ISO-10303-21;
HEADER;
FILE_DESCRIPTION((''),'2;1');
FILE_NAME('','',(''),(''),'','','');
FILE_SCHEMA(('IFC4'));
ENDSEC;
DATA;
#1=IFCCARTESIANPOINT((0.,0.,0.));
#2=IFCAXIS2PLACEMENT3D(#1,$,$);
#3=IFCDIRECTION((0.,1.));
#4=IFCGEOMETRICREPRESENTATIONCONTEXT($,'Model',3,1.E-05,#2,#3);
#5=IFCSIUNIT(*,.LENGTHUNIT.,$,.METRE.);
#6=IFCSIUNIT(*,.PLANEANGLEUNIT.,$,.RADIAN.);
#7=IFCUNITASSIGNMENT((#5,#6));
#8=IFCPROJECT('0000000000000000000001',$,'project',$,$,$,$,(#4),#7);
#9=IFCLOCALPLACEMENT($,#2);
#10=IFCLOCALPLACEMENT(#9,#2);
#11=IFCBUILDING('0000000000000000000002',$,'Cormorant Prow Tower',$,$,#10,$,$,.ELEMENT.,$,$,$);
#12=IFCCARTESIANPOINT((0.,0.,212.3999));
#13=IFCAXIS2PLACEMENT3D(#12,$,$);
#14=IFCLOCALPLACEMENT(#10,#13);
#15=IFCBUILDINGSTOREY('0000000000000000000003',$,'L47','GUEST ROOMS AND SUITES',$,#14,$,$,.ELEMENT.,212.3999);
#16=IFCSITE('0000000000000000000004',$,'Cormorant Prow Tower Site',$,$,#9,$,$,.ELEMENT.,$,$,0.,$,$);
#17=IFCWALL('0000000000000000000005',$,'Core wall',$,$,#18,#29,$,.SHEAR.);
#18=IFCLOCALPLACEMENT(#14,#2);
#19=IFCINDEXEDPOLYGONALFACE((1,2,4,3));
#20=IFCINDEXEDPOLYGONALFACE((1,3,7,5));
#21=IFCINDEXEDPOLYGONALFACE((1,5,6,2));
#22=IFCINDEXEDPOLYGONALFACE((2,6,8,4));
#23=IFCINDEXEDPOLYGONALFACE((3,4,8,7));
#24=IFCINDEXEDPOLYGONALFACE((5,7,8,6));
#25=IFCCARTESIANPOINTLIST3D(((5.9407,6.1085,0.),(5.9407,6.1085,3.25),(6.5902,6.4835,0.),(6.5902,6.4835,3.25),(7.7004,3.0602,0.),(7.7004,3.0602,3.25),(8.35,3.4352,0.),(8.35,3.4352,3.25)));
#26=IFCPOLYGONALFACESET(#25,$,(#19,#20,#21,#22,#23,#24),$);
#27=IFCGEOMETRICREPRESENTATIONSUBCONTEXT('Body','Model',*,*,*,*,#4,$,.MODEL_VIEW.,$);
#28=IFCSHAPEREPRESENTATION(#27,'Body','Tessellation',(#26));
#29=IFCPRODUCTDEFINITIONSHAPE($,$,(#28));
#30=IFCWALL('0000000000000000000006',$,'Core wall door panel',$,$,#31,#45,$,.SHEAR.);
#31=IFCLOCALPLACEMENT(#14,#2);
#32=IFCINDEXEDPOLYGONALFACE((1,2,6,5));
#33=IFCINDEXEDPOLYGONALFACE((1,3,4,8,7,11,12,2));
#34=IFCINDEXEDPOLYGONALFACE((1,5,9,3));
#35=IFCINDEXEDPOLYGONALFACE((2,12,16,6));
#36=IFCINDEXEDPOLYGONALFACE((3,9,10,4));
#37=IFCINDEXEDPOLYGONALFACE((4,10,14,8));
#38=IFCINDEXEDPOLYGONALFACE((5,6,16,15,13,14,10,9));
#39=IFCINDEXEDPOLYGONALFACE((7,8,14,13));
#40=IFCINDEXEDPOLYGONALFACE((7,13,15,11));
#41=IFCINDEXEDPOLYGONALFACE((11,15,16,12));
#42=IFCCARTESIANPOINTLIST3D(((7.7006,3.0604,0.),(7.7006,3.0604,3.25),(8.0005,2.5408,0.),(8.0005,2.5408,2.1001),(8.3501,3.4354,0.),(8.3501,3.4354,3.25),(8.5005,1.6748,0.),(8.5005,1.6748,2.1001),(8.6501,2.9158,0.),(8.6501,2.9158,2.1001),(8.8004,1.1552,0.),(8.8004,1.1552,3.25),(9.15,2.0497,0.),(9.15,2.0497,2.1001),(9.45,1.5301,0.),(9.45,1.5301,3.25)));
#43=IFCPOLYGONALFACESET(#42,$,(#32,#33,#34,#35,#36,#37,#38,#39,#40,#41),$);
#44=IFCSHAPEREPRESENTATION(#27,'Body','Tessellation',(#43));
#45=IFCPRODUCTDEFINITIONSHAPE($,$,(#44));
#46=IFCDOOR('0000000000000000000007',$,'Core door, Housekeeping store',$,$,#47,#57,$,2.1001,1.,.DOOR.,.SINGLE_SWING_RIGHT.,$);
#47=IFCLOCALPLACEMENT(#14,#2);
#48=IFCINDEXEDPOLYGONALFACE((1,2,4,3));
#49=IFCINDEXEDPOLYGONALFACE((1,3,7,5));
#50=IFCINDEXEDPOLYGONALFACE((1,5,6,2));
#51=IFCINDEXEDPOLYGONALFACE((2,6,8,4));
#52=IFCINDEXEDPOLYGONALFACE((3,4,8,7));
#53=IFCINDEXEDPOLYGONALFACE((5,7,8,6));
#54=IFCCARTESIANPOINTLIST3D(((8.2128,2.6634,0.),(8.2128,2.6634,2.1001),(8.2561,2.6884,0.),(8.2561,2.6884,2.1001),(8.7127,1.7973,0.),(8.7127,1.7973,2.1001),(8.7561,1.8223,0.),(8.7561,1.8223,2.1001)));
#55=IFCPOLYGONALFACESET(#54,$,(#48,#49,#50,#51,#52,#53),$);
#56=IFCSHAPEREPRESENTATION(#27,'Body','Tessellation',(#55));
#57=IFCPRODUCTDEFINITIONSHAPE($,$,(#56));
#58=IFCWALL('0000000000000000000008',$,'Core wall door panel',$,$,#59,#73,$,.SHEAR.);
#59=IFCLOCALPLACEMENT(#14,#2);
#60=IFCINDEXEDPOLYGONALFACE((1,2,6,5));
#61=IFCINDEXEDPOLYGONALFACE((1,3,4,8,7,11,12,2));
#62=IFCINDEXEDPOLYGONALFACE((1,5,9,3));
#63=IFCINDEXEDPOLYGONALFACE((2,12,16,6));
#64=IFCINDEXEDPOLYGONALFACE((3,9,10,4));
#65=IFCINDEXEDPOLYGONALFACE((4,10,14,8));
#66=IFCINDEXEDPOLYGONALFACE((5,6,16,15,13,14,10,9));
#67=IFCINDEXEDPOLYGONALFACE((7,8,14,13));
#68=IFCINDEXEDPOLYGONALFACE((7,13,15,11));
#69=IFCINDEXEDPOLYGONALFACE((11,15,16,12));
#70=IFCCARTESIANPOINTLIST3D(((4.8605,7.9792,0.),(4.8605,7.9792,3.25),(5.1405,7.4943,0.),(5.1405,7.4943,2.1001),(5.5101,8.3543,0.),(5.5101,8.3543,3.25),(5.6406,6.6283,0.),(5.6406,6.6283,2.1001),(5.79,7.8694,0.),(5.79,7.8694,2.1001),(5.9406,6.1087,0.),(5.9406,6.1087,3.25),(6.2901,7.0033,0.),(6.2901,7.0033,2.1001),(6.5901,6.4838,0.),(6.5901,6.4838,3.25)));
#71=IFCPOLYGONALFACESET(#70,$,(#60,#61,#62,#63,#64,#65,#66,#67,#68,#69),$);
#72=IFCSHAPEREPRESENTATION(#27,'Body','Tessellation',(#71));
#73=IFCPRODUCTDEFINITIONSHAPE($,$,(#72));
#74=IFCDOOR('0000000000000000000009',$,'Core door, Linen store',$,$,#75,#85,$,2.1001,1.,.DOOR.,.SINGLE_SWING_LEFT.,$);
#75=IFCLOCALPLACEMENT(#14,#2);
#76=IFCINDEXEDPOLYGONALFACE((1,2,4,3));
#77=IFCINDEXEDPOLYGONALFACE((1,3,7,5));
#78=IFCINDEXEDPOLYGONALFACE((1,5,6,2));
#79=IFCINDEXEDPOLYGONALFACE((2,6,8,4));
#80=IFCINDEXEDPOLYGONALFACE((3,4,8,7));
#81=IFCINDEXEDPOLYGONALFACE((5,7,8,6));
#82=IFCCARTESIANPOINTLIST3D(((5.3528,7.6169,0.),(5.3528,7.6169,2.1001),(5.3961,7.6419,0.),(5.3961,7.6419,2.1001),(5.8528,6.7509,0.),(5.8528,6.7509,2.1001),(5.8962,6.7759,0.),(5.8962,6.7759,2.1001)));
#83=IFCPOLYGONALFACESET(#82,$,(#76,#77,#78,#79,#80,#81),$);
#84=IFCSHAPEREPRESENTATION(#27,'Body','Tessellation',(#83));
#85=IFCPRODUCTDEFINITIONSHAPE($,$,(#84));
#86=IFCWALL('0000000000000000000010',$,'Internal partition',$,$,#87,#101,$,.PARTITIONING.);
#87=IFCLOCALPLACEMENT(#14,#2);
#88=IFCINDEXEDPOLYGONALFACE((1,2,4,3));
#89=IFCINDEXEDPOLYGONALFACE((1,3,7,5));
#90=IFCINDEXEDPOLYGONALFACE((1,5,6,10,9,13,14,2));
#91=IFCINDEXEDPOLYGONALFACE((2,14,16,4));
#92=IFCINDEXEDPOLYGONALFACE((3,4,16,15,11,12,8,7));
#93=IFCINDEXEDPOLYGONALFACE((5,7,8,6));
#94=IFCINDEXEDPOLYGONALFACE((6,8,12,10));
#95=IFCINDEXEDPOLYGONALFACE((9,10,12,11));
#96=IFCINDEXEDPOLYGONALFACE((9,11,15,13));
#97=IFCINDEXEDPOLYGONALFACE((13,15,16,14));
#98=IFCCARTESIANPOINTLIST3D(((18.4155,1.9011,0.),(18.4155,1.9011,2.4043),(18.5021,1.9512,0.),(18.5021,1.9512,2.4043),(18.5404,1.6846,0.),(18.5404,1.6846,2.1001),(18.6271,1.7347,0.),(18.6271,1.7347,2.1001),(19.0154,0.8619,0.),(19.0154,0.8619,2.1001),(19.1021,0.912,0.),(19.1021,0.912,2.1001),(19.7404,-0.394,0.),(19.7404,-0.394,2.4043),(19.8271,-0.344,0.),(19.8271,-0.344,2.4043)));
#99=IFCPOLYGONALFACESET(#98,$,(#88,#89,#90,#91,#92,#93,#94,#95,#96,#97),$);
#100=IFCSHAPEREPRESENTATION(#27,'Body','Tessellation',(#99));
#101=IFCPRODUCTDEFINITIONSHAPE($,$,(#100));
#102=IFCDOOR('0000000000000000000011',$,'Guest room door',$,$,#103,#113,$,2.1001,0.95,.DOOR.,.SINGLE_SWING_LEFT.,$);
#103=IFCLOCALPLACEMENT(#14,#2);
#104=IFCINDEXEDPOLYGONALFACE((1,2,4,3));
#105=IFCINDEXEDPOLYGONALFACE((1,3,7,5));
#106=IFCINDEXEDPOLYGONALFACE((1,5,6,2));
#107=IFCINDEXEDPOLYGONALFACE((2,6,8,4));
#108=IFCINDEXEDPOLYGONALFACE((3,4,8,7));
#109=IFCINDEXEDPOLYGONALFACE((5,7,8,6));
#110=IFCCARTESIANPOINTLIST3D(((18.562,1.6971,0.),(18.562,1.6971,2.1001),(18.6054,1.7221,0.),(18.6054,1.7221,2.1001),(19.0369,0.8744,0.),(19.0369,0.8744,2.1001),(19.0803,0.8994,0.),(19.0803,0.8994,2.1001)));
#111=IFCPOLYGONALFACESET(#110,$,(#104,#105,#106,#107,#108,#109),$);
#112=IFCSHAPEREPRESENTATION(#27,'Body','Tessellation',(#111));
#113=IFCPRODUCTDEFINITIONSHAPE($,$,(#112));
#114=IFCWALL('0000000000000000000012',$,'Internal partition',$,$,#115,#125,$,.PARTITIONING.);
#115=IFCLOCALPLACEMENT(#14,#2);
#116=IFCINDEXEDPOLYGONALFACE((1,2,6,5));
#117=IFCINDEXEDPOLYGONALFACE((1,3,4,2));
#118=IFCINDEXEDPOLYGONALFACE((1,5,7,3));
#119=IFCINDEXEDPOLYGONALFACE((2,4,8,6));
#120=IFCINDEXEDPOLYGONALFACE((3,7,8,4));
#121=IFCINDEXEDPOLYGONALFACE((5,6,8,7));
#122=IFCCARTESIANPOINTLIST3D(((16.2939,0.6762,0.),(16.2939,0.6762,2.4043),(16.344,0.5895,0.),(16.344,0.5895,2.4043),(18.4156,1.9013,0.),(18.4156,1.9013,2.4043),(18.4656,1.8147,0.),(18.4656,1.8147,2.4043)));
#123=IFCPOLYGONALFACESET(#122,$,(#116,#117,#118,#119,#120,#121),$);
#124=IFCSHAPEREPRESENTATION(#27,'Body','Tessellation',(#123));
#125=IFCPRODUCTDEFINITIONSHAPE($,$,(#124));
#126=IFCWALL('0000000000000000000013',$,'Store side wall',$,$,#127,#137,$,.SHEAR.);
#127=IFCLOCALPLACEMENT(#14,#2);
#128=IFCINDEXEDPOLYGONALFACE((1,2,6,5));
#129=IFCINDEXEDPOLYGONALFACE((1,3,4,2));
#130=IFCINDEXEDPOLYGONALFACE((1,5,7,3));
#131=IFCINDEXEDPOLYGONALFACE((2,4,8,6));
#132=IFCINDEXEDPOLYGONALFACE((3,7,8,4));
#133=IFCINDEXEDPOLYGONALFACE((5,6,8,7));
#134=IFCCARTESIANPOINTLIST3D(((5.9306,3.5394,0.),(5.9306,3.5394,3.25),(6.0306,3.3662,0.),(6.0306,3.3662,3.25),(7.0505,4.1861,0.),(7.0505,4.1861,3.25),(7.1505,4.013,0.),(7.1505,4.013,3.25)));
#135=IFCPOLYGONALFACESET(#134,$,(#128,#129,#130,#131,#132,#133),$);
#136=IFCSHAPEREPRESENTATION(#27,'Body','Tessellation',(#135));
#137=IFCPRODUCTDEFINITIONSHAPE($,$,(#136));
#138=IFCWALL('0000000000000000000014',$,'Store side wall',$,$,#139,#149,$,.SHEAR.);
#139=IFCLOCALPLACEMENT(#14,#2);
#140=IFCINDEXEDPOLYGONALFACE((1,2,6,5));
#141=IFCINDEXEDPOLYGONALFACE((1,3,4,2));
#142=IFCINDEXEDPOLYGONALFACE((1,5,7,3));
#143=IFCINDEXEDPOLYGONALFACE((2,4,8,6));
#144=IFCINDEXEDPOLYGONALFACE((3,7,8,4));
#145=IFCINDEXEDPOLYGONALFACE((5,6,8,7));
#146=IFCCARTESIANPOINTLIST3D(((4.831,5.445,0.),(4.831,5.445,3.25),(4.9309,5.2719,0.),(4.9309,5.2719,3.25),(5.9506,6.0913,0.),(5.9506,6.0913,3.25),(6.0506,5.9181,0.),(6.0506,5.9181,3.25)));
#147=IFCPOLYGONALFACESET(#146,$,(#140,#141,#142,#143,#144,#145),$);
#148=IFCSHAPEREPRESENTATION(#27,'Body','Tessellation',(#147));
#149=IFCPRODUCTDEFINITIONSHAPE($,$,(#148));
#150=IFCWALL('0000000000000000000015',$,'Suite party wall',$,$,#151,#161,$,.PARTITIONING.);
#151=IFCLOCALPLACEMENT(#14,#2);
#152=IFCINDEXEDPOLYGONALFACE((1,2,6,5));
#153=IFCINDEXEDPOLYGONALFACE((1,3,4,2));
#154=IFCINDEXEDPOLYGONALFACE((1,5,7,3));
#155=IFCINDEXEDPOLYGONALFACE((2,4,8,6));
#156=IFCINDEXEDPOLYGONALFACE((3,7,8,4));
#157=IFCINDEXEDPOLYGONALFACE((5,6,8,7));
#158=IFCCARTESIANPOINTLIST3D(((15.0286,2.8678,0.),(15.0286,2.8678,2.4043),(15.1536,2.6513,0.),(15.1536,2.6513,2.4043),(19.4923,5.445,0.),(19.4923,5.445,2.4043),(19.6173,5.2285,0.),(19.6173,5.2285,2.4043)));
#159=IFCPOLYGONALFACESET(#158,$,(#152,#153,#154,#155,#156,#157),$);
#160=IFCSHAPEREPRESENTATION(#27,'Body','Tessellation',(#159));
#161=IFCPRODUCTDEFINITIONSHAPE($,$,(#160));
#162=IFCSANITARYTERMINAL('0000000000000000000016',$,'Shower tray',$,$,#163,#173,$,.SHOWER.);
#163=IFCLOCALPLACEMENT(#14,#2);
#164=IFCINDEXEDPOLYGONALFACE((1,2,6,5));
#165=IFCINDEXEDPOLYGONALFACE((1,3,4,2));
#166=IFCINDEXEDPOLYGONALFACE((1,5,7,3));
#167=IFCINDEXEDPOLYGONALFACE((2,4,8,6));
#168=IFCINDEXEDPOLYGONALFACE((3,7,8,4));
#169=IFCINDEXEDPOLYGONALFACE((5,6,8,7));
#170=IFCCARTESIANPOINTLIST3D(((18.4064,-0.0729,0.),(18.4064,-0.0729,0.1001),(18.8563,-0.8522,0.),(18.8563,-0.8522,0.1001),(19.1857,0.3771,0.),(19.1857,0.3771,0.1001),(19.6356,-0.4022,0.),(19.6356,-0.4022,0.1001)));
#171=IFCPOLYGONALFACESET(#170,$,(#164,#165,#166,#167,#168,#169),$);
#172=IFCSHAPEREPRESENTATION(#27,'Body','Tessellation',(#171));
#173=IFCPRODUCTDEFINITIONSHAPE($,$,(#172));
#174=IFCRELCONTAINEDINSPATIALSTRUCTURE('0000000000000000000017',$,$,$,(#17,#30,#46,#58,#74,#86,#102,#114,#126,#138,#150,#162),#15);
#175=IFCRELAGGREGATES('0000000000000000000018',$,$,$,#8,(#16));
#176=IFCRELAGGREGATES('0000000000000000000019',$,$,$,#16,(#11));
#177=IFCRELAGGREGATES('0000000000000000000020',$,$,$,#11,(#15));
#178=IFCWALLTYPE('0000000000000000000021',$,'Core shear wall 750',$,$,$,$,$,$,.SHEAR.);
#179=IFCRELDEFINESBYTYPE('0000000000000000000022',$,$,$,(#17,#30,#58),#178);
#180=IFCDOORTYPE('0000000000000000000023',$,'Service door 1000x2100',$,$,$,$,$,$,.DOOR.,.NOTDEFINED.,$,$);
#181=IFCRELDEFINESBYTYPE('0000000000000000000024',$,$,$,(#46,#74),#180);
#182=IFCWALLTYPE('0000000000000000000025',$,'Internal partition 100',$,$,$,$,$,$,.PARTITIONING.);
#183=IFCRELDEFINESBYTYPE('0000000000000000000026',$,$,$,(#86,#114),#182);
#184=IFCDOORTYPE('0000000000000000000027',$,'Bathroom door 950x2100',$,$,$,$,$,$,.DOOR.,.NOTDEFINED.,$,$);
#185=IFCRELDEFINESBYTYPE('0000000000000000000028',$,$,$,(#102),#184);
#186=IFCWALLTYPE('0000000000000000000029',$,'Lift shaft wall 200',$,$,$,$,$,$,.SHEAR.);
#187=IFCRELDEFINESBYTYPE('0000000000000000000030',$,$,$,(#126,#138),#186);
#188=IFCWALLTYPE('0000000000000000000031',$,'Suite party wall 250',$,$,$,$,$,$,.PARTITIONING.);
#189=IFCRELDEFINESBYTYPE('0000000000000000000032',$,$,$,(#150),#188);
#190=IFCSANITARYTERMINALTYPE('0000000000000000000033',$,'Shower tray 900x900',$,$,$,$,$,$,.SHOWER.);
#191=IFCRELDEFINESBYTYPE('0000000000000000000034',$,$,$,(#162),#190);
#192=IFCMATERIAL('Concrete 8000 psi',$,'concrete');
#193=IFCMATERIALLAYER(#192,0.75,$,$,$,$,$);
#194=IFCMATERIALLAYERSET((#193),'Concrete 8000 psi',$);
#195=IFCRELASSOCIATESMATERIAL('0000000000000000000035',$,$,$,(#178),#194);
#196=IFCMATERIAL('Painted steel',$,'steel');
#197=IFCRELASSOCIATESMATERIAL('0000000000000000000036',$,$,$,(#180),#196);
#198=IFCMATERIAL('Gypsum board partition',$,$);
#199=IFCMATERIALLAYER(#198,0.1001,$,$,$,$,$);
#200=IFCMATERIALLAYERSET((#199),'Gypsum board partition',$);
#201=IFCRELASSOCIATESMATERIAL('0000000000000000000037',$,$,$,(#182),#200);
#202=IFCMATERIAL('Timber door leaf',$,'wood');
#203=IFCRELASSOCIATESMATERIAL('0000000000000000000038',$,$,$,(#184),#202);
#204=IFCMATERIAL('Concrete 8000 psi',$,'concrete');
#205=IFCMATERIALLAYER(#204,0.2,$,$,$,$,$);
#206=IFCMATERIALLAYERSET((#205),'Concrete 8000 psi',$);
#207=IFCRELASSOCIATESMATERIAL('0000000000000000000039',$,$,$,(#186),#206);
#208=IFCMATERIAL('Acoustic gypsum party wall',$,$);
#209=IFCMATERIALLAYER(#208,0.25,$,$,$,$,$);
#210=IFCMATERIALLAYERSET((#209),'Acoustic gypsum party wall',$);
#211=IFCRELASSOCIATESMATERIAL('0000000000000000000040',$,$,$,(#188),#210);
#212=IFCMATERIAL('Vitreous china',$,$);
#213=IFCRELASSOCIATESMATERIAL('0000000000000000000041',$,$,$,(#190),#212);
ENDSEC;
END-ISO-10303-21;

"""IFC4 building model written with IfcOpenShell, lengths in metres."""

from ifc_helpers import new_model, si_unit, direction, frame, frame_2d, origin, origin_2d, place, context, subcontext, project, spatial, rectangle, extrude, material, layer, layer_set, type_object, element, fill, save


model = new_model("IFC4")

# Units and contexts
model_context = context("Model", 3, precision=1e-05, world=origin(), true_north=direction((0.0, 1.0)))
body_context = subcontext(model_context, "Body", "Model", "MODEL_VIEW")
ifc_project = project(units=[si_unit("LENGTHUNIT", "METRE"), si_unit("PLANEANGLEUNIT", "RADIAN")], contexts=[model_context])

# Site, building, storey
site_placement = place(None, origin())
site = spatial("IfcSite", under=ifc_project, at=site_placement, Name="Cormorant Prow Tower Site", CompositionType="ELEMENT", RefElevation=0.0)
building_placement = place(site_placement, origin())
building = spatial("IfcBuilding", under=site, at=building_placement, Name="Cormorant Prow Tower", CompositionType="ELEMENT")
storey_placement = place(building_placement, frame((0.0, 0.0, 212.3999)))
storey = spatial("IfcBuildingStorey", under=building, at=storey_placement, Name="L47", Description="GUEST ROOMS AND SUITES", CompositionType="ELEMENT", Elevation=212.3999)

# Wall
ifc_material_1 = material(Name="Concrete 8000 psi", Category="concrete")
ifc_layer_1 = layer(ifc_material_1, 0.75)
ifc_layer_set_1 = layer_set([ifc_layer_1], Name="Concrete 8000 psi")
wall_type_1 = type_object("IfcWallType", Name="Core shear wall 750", PredefinedType="SHEAR", material=ifc_layer_set_1)
wall_1_placement = place(storey_placement, frame((8.0251, 3.2478, 0.0), z_axis=(0.0, 0.0, 1.0), x_axis=(-0.499959, 0.866049, 0.0)))
element("IfcWall", 1, at=wall_1_placement, inside=storey, type_object=wall_type_1, Name="Core wall", PredefinedType="SHEAR", context=body_context, shape_type="SweptSolid", body=[
    extrude(rectangle(XDim=3.5198, YDim=0.75, at=frame_2d((1.7598, 0.0))), origin(), (0.0, 0.0, 1.0), 3.25),
])

# Walls, openings, doors
wall_2_placement = place(storey_placement, frame((9.1252, 1.3425, 0.0), z_axis=(0.0, 0.0, 1.0), x_axis=(-0.499947, 0.866056, 0.0)))
wall_2 = element("IfcWall", 2, at=wall_2_placement, inside=storey, type_object=wall_type_1, Name="Core wall door panel", PredefinedType="SHEAR", context=body_context, shape_type="SweptSolid", body=[
    extrude(rectangle(XDim=2.2, YDim=0.75, at=frame_2d((1.1001, 0.0))), origin(), (0.0, 0.0, 1.0), 3.25),
])
opening_1_placement = place(wall_2_placement, frame((0.6001, 0.0, 0.0)))
opening_1 = element("IfcOpeningElement", 3, at=opening_1_placement, cuts=wall_2, PredefinedType="OPENING", context=body_context, shape_type="SweptSolid", body=[
    extrude(rectangle(XDim=1.0, YDim=2.1001, at=frame_2d((0.5, 1.05))), frame((0.0, 0.385, 0.0), z_axis=(0.0, -1.0, 0.0), x_axis=(1.0, 0.0, 0.0)), (0.0, 0.0, 1.0), 0.77),
])
ifc_material_2 = material(Name="Painted steel", Category="steel")
door_type_1 = type_object("IfcDoorType", Name="Service door 1000x2100", OperationType="NOTDEFINED", PredefinedType="DOOR", material=ifc_material_2)
door_1_placement = place(opening_1_placement, origin())
door_1 = element("IfcDoor", 4, at=door_1_placement, inside=storey, type_object=door_type_1, Name="Core door, Housekeeping store", OperationType="SINGLE_SWING_RIGHT", OverallHeight=2.1001, OverallWidth=1.0, PredefinedType="DOOR", context=body_context, shape_type="SweptSolid", body=[
    extrude(rectangle(XDim=1.0, YDim=2.1001, at=frame_2d((0.5, 1.05))), frame((0.0, 0.1299, 0.0), z_axis=(0.0, -1.0, 0.0), x_axis=(1.0, 0.0, 0.0)), (0.0, 0.0, 1.0), 0.05),
])
fill(opening_1, door_1)
wall_3_placement = place(storey_placement, frame((6.2654, 6.2961, 0.0), z_axis=(0.0, 0.0, 1.0), x_axis=(-0.500029, 0.866009, 0.0)))
wall_3 = element("IfcWall", 5, at=wall_3_placement, inside=storey, type_object=wall_type_1, Name="Core wall door panel", PredefinedType="SHEAR", context=body_context, shape_type="SweptSolid", body=[
    extrude(rectangle(XDim=2.1599, YDim=0.75, at=frame_2d((1.0801, 0.0))), origin(), (0.0, 0.0, 1.0), 3.25),
])
opening_2_placement = place(wall_3_placement, frame((0.6001, 0.0, 0.0)))
opening_2 = element("IfcOpeningElement", 6, at=opening_2_placement, cuts=wall_3, PredefinedType="OPENING", context=body_context, shape_type="SweptSolid", body=[
    extrude(rectangle(XDim=1.0, YDim=2.1001, at=frame_2d((0.5, 1.05))), frame((0.0, 0.385, 0.0), z_axis=(0.0, -1.0, 0.0), x_axis=(1.0, 0.0, 0.0)), (0.0, 0.0, 1.0), 0.77),
])
door_2_placement = place(opening_2_placement, origin())
door_2 = element("IfcDoor", 7, at=door_2_placement, inside=storey, type_object=door_type_1, Name="Core door, Linen store", OperationType="SINGLE_SWING_LEFT", OverallHeight=2.1001, OverallWidth=1.0, PredefinedType="DOOR", context=body_context, shape_type="SweptSolid", body=[
    extrude(rectangle(XDim=1.0, YDim=2.1001, at=frame_2d((0.5, 1.05))), frame((0.0, 0.1299, 0.0), z_axis=(0.0, -1.0, 0.0), x_axis=(1.0, 0.0, 0.0)), (0.0, 0.0, 1.0), 0.05),
])
fill(opening_2, door_2)
ifc_material_3 = material(Name="Gypsum board partition")
ifc_layer_2 = layer(ifc_material_3, 0.1001)
ifc_layer_set_2 = layer_set([ifc_layer_2], Name="Gypsum board partition")
wall_type_2 = type_object("IfcWallType", Name="Internal partition 100", PredefinedType="PARTITIONING", material=ifc_layer_set_2)
wall_4_placement = place(storey_placement, frame((18.4587, 1.9263, 0.0), z_axis=(0.0, 0.0, 1.0), x_axis=(0.499954, -0.866052, 0.0)))
wall_4 = element("IfcWall", 8, at=wall_4_placement, inside=storey, type_object=wall_type_2, Name="Internal partition", PredefinedType="PARTITIONING", context=body_context, shape_type="SweptSolid", body=[
    extrude(rectangle(XDim=2.6501, YDim=0.1001, at=frame_2d((1.3252, 0.0))), origin(), (0.0, 0.0, 1.0), 2.4043),
])
opening_3_placement = place(wall_4_placement, frame((0.25, 0.0, 0.0)))
opening_3 = element("IfcOpeningElement", 9, at=opening_3_placement, cuts=wall_4, PredefinedType="OPENING", context=body_context, shape_type="SweptSolid", body=[
    extrude(rectangle(XDim=0.95, YDim=2.1001, at=frame_2d((0.4751, 1.05))), frame((0.0, 0.0601, 0.0), z_axis=(0.0, -1.0, 0.0), x_axis=(1.0, 0.0, 0.0)), (0.0, 0.0, 1.0), 0.1201),
])
ifc_material_4 = material(Name="Timber door leaf", Category="wood")
door_type_2 = type_object("IfcDoorType", Name="Bathroom door 950x2100", OperationType="NOTDEFINED", PredefinedType="DOOR", material=ifc_material_4)
door_3_placement = place(opening_3_placement, origin())
door_3 = element("IfcDoor", 10, at=door_3_placement, inside=storey, type_object=door_type_2, Name="Guest room door", OperationType="SINGLE_SWING_LEFT", OverallHeight=2.1001, OverallWidth=0.95, PredefinedType="DOOR", context=body_context, shape_type="SweptSolid", body=[
    extrude(rectangle(XDim=0.95, YDim=2.1001, at=frame_2d((0.4751, 1.05))), frame((0.0, 0.0249, 0.0), z_axis=(0.0, -1.0, 0.0), x_axis=(1.0, 0.0, 0.0)), (0.0, 0.0, 1.0), 0.05),
])
fill(opening_3, door_3)

# Walls
wall_5_placement = place(storey_placement, frame((16.3188, 0.6328, 0.0), z_axis=(0.0, 0.0, 1.0), x_axis=(0.86599, 0.500062, 0.0)))
element("IfcWall", 11, at=wall_5_placement, inside=storey, type_object=wall_type_2, Name="Internal partition", PredefinedType="PARTITIONING", context=body_context, shape_type="SweptSolid", body=[
    extrude(rectangle(XDim=2.45, YDim=0.1001, at=frame_2d((1.2251, 0.0))), origin(), (0.0, 0.0, 1.0), 2.4043),
])
ifc_material_5 = material(Name="Concrete 8000 psi", Category="concrete")
ifc_layer_3 = layer(ifc_material_5, 0.2)
ifc_layer_set_3 = layer_set([ifc_layer_3], Name="Concrete 8000 psi")
wall_type_3 = type_object("IfcWallType", Name="Lift shaft wall 200", PredefinedType="SHEAR", material=ifc_layer_set_3)
wall_6_placement = place(storey_placement, frame((5.9807, 3.4529, 0.0), z_axis=(0.0, 0.0, 1.0), x_axis=(0.865969, 0.500098, 0.0)))
element("IfcWall", 12, at=wall_6_placement, inside=storey, type_object=wall_type_3, Name="Store side wall", PredefinedType="SHEAR", context=body_context, shape_type="SweptSolid", body=[
    extrude(rectangle(XDim=1.2932, YDim=0.2, at=frame_2d((0.6465, 0.0))), origin(), (0.0, 0.0, 1.0), 3.25),
])
wall_7_placement = place(storey_placement, frame((4.8809, 5.3584, 0.0), z_axis=(0.0, 0.0, 1.0), x_axis=(0.866085, 0.499897, 0.0)))
element("IfcWall", 13, at=wall_7_placement, inside=storey, type_object=wall_type_3, Name="Store side wall", PredefinedType="SHEAR", context=body_context, shape_type="SweptSolid", body=[
    extrude(rectangle(XDim=1.2927, YDim=0.2, at=frame_2d((0.6465, 0.0))), origin(), (0.0, 0.0, 1.0), 3.25),
])
ifc_material_6 = material(Name="Acoustic gypsum party wall")
ifc_layer_4 = layer(ifc_material_6, 0.25)
ifc_layer_set_4 = layer_set([ifc_layer_4], Name="Acoustic gypsum party wall")
wall_type_4 = type_object("IfcWallType", Name="Suite party wall 250", PredefinedType="PARTITIONING", material=ifc_layer_set_4)
wall_8_placement = place(storey_placement, frame((15.0911, 2.7595, 0.0), z_axis=(0.0, 0.0, 1.0), x_axis=(0.866019, 0.500011, 0.0)))
element("IfcWall", 14, at=wall_8_placement, inside=storey, type_object=wall_type_4, Name="Suite party wall", PredefinedType="PARTITIONING", context=body_context, shape_type="SweptSolid", body=[
    extrude(rectangle(XDim=5.1543, YDim=0.25, at=frame_2d((2.5771, 0.0))), origin(), (0.0, 0.0, 1.0), 2.4043),
])

# Sanitary terminal
ifc_material_7 = material(Name="Vitreous china")
sanitary_terminal_type_1 = type_object("IfcSanitaryTerminalType", Name="Shower tray 900x900", PredefinedType="SHOWER", material=ifc_material_7)
sanitary_terminal_1_placement = place(storey_placement, frame((19.021, -0.2375, 0.0), z_axis=(0.0, 0.0, 1.0), x_axis=(-0.866025, -0.5, 0.0)))
element("IfcSanitaryTerminal", 15, at=sanitary_terminal_1_placement, inside=storey, type_object=sanitary_terminal_type_1, Name="Shower tray", PredefinedType="SHOWER", context=body_context, shape_type="SweptSolid", body=[
    extrude(rectangle(XDim=0.8999, YDim=0.8999, at=origin_2d()), origin(), (0.0, 0.0, 1.0), 0.1001),
])

save(model, "model.ifc")
